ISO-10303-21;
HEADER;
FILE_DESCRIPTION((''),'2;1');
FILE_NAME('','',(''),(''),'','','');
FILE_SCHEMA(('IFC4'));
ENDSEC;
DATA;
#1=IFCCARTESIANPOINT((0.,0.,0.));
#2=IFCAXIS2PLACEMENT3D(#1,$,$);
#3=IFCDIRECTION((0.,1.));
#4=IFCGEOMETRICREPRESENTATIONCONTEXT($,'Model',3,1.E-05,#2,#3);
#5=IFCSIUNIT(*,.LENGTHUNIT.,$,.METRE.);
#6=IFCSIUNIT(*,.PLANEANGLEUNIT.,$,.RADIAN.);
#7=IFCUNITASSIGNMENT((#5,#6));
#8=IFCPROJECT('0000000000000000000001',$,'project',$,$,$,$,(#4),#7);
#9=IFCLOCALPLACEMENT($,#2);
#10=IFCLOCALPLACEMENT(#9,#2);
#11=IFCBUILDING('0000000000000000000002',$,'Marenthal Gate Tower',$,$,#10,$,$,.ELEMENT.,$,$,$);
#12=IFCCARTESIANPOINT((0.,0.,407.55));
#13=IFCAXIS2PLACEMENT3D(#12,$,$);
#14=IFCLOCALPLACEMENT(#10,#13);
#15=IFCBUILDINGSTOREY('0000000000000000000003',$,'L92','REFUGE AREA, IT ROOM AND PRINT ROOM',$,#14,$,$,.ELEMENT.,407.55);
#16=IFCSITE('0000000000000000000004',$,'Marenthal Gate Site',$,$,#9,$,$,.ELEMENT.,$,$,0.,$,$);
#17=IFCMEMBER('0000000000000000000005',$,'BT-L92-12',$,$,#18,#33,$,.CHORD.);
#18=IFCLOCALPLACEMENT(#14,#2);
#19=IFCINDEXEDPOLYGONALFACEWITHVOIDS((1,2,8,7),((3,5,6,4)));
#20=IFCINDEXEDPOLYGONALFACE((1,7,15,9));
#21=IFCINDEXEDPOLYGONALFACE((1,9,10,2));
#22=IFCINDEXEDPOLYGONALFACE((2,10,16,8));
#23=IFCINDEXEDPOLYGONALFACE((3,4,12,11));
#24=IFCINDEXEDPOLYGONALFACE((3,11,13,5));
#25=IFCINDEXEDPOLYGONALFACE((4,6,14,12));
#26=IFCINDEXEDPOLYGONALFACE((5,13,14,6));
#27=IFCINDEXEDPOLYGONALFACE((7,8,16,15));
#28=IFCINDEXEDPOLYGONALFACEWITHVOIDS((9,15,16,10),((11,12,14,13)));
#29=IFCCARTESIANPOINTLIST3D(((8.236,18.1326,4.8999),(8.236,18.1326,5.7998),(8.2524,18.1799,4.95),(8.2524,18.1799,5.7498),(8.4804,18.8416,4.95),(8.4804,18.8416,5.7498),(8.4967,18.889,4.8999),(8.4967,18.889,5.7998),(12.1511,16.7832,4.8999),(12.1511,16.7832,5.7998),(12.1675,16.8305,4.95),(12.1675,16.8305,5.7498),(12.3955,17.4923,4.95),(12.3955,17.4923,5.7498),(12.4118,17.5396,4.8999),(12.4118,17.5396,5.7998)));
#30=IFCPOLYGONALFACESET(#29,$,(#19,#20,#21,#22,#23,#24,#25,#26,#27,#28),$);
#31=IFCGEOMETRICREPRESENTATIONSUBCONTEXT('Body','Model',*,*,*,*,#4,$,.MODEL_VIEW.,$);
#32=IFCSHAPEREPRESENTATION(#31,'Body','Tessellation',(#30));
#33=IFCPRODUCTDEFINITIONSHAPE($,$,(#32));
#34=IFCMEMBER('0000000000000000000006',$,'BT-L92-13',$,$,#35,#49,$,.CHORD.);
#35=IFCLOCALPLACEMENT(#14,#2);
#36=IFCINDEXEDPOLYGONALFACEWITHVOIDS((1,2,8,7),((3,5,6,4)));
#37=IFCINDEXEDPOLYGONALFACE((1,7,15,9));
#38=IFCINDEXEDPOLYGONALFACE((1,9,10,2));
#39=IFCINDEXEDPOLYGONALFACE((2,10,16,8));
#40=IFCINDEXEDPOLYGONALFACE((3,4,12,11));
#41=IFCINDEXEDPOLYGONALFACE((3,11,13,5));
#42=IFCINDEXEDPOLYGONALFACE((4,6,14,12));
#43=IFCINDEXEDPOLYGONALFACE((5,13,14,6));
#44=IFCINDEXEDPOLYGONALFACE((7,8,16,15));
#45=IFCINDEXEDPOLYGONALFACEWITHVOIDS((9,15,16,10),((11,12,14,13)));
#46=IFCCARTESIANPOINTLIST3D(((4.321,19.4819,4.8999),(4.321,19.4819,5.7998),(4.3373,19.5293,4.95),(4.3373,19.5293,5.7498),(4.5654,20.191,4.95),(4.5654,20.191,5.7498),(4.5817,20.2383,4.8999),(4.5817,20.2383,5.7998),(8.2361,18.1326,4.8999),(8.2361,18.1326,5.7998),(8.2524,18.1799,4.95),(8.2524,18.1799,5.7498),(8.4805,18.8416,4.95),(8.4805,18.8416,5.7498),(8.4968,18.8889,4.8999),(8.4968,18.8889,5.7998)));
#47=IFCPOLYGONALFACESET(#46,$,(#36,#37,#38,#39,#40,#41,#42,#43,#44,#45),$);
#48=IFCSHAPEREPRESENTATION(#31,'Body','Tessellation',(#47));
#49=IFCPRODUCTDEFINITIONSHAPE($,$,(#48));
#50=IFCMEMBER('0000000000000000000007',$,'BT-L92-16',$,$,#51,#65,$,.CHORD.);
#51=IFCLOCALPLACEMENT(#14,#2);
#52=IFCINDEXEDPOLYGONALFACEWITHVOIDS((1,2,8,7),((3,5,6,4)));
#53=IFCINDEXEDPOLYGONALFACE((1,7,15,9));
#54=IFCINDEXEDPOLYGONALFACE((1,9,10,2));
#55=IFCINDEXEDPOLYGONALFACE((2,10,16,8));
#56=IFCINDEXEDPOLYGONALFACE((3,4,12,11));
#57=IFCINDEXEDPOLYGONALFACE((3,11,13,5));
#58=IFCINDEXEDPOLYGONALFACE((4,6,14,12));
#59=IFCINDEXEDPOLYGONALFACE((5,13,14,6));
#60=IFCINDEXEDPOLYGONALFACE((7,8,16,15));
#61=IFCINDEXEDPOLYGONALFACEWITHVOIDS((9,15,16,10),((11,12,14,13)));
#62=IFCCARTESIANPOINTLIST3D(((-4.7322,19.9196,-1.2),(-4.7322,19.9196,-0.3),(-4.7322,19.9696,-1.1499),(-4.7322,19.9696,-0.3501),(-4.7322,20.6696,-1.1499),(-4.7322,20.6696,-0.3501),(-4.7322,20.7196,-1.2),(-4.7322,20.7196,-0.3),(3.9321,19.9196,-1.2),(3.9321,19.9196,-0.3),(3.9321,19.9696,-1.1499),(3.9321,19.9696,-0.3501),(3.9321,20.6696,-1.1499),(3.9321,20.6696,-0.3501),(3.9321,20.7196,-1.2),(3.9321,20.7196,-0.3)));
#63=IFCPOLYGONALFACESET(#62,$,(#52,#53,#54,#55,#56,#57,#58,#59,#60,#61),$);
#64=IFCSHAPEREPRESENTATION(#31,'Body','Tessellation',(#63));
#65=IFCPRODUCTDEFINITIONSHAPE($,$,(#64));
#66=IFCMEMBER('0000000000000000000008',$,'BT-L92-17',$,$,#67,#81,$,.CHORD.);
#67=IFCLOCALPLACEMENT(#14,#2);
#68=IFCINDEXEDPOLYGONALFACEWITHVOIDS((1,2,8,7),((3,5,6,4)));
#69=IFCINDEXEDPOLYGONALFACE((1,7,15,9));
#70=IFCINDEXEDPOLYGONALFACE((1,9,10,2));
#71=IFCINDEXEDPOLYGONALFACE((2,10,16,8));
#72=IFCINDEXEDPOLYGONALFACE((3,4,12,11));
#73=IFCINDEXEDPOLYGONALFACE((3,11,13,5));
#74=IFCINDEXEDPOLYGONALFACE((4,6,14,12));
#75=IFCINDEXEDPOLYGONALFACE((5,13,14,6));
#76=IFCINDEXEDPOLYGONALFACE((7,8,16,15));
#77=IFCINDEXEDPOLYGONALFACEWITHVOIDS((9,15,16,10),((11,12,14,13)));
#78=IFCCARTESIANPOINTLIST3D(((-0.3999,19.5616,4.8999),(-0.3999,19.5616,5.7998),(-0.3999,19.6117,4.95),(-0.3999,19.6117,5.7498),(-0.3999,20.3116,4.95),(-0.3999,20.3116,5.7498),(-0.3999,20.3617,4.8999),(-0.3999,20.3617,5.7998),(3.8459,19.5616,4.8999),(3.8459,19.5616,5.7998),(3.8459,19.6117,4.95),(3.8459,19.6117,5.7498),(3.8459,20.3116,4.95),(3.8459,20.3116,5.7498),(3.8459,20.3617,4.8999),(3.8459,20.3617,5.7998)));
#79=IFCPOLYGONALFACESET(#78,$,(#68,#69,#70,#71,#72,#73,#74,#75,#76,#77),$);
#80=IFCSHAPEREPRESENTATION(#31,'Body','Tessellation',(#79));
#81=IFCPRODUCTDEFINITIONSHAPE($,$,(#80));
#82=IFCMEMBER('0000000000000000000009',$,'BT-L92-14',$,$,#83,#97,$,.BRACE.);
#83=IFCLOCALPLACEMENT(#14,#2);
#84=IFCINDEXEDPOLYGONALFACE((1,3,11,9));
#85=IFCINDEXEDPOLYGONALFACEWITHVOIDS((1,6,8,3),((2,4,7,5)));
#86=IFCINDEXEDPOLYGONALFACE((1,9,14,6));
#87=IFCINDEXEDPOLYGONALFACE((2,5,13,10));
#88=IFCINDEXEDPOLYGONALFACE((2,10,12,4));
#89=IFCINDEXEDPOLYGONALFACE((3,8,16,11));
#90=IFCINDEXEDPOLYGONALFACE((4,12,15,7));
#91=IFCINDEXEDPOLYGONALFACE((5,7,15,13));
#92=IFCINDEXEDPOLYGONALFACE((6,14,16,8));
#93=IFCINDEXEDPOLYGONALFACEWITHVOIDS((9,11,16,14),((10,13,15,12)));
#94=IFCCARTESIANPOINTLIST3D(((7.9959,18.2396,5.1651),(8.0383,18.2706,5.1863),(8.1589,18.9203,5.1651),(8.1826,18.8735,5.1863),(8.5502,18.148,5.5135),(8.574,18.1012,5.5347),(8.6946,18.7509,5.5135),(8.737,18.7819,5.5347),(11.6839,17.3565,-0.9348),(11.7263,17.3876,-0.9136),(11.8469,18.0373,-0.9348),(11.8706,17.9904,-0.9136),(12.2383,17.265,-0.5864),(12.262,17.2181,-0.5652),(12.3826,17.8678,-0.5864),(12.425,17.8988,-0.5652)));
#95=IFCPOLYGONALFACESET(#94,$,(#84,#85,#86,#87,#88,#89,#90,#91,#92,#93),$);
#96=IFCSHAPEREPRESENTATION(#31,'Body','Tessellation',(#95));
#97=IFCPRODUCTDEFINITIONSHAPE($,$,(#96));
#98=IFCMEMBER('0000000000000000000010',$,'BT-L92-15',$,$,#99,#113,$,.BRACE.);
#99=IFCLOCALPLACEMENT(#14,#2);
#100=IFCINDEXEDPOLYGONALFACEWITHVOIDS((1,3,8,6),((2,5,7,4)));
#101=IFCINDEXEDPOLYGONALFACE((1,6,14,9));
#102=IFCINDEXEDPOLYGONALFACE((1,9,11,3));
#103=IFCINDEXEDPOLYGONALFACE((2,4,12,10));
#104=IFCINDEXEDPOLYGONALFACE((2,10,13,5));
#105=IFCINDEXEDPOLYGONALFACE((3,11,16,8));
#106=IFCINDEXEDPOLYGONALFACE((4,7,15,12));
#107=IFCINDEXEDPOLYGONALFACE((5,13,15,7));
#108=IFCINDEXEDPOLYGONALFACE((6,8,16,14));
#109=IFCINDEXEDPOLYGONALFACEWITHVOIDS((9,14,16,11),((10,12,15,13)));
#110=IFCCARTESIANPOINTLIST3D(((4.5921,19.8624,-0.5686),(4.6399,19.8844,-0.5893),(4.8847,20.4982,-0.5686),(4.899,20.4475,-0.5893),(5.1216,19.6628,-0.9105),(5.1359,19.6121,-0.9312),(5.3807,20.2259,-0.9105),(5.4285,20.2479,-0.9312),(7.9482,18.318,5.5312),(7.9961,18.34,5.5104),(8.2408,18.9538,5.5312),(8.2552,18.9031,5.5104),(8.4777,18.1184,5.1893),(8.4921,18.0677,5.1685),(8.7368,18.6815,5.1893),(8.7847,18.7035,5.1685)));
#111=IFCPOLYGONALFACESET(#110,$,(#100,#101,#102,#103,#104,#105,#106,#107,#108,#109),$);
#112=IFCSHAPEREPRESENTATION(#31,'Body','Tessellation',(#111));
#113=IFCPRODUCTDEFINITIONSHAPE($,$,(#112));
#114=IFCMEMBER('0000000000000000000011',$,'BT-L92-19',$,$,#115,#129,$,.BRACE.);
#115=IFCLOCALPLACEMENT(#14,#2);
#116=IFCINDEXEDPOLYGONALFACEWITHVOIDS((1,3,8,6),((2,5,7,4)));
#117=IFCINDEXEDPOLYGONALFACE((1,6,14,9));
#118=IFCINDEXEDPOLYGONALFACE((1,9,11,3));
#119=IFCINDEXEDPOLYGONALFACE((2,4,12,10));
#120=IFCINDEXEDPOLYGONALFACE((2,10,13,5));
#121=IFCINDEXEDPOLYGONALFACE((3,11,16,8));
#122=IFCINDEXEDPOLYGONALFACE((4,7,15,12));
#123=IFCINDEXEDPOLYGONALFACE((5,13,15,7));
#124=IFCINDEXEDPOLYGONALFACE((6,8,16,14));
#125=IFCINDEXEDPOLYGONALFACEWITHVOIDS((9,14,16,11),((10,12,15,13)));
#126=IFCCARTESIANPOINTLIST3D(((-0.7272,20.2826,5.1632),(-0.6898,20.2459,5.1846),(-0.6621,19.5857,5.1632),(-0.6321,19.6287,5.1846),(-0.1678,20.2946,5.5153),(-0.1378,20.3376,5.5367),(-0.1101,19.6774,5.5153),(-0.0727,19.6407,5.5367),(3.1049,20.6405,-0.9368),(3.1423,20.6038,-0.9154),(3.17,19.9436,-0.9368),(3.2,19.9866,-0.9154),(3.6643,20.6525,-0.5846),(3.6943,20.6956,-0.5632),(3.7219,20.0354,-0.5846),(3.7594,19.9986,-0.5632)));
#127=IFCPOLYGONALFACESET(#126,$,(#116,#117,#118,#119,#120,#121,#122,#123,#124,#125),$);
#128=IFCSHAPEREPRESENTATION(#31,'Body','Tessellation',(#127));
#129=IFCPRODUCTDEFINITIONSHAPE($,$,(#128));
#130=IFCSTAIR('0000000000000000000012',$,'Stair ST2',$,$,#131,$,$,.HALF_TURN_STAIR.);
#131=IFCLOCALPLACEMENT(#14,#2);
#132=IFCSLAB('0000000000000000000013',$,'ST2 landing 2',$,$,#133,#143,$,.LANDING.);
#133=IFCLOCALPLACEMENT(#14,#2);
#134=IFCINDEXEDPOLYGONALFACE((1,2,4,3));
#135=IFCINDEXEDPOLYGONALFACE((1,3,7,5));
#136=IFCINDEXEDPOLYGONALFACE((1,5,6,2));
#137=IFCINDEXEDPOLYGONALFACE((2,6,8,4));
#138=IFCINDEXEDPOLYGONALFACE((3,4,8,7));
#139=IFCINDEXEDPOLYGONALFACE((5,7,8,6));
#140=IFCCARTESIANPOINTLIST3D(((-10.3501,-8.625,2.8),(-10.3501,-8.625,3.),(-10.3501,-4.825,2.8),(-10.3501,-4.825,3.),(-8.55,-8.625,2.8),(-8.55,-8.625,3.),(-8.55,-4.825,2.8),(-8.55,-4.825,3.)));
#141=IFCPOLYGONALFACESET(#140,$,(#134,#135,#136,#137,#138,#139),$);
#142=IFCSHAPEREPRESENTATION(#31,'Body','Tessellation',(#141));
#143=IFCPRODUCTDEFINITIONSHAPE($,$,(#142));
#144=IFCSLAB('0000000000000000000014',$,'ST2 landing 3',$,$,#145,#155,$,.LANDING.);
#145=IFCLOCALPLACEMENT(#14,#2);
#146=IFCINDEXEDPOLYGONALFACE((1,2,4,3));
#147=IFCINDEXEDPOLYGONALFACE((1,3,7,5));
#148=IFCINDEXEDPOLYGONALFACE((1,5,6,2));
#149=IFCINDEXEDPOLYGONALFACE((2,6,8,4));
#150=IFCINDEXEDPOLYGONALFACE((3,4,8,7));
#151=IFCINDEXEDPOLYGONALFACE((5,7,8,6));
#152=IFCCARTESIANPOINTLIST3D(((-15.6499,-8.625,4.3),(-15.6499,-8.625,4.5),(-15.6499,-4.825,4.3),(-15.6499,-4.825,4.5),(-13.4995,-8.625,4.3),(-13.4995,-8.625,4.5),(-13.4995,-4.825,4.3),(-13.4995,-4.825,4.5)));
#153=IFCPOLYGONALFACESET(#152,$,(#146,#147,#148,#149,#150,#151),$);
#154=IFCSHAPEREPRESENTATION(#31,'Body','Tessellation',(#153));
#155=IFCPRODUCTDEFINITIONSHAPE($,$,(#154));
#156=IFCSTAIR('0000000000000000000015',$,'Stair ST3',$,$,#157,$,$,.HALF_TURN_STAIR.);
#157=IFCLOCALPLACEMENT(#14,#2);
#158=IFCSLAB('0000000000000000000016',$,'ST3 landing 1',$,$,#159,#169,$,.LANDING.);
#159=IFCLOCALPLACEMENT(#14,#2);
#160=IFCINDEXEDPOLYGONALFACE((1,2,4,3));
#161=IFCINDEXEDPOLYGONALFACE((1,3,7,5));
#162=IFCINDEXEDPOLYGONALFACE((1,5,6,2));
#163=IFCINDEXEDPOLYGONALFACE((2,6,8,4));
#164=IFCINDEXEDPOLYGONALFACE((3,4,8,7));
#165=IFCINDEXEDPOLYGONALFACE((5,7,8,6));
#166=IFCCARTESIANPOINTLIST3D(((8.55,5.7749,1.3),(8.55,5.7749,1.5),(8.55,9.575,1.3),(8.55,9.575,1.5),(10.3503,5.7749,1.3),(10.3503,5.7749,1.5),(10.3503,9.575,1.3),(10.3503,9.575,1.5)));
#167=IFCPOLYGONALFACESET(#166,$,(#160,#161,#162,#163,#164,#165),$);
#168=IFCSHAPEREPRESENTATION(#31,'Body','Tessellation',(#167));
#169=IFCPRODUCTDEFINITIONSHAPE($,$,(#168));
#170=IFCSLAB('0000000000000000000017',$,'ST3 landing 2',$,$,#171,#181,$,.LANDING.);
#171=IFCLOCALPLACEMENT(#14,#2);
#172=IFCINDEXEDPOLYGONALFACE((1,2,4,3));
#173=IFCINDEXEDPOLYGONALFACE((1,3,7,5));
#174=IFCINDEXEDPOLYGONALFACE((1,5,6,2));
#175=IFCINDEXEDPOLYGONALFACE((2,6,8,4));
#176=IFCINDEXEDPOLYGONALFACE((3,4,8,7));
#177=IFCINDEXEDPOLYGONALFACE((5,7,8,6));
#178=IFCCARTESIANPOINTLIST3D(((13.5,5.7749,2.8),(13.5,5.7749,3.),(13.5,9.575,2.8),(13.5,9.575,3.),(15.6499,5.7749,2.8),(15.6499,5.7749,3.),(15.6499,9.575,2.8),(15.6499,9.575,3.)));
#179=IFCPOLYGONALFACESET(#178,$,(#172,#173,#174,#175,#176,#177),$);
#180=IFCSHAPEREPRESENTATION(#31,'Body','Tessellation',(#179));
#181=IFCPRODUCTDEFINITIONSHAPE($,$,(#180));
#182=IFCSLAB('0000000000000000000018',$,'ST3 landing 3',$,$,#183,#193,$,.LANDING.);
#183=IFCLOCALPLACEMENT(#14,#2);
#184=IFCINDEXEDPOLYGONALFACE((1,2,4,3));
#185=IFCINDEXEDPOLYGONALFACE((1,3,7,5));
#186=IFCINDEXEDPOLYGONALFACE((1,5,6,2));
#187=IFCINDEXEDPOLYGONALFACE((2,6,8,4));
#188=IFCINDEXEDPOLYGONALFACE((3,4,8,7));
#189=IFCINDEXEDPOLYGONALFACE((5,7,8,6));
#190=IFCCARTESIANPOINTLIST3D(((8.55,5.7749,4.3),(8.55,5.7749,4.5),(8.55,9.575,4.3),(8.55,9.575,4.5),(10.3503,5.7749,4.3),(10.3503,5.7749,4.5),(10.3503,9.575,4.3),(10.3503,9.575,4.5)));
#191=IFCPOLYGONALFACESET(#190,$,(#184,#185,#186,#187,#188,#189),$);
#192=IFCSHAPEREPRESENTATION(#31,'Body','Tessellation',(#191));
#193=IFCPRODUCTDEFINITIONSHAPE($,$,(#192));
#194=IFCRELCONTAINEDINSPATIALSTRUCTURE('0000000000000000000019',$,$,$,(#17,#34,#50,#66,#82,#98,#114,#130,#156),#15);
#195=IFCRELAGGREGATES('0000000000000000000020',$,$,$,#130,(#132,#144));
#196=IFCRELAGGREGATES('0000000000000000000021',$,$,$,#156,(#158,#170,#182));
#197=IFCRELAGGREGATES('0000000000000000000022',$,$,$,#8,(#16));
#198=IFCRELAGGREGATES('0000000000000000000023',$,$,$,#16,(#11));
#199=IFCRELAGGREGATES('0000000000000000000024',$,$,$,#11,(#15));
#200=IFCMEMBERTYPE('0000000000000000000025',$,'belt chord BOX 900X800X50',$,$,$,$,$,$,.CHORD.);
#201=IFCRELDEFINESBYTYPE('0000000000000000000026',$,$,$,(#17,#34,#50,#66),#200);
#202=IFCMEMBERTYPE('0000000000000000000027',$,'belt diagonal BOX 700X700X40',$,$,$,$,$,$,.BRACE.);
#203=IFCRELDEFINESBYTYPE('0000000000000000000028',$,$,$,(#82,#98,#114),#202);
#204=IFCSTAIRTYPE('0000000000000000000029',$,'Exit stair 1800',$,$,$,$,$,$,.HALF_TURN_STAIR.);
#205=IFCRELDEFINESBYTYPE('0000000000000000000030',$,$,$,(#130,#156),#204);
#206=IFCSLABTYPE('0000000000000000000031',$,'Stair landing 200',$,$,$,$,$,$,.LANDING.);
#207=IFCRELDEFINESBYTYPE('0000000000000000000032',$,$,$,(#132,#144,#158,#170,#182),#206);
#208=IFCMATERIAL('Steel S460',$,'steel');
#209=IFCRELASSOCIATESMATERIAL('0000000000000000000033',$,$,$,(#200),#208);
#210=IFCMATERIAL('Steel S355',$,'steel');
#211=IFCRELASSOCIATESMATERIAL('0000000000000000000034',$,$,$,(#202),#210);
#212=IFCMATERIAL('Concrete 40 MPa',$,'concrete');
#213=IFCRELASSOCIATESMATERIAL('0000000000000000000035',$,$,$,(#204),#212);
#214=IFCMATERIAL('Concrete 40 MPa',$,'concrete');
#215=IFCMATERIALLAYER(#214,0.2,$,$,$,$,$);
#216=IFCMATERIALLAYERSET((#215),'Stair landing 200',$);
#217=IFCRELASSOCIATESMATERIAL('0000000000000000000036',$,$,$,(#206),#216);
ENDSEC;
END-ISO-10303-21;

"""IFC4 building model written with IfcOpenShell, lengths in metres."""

from ifc_helpers import new_model, si_unit, direction, frame, origin, origin_2d, place, context, subcontext, project, spatial, polyline, hollow_rectangle, outline, extrude, material, layer, layer_set, material_profile, profile_set, type_object, element, aggregate, save


model = new_model("IFC4")

# Units and contexts
model_context = context("Model", 3, precision=1e-05, world=origin(), true_north=direction((0.0, 1.0)))
body_context = subcontext(model_context, "Body", "Model", "MODEL_VIEW")
ifc_project = project(units=[si_unit("LENGTHUNIT", "METRE"), si_unit("PLANEANGLEUNIT", "RADIAN")], contexts=[model_context])

# Site, building, storey
site_placement = place(None, origin())
site = spatial("IfcSite", under=ifc_project, at=site_placement, Name="Marenthal Gate Site", CompositionType="ELEMENT", RefElevation=0.0)
building_placement = place(site_placement, origin())
building = spatial("IfcBuilding", under=site, at=building_placement, Name="Marenthal Gate Tower", CompositionType="ELEMENT")
storey_placement = place(building_placement, frame((0.0, 0.0, 407.55)))
storey = spatial("IfcBuildingStorey", under=building, at=storey_placement, Name="L92", Description="REFUGE AREA, IT ROOM AND PRINT ROOM", CompositionType="ELEMENT", Elevation=407.55)

# Members
ifc_material_1 = material(Name="Steel S460", Category="steel")
ifc_material_profile_1 = material_profile(ifc_material_1, hollow_rectangle(XDim=0.8, YDim=0.8999, WallThickness=0.05, at=origin_2d()), Name="BOX 900X800X50")
ifc_profile_set_1 = profile_set([ifc_material_profile_1], Name="Steel S460")
member_type_1 = type_object("IfcMemberType", Name="belt chord BOX 900X800X50", PredefinedType="CHORD", material=ifc_profile_set_1)
for number, where, z_axis, x_axis, name in (
    (1, (12.2815, 17.1614, 5.3499), (-0.945421, 0.325851, 0.0), (-0.325851, -0.945421, 0.0), "BT-L92-12"),
    (2, (8.3665, 18.5107, 5.3499), (-0.945421, 0.325851, 0.0), (-0.325851, -0.945421, 0.0), "BT-L92-13"),
):
    element("IfcMember", number, at=place(storey_placement, frame(where, z_axis=z_axis, x_axis=x_axis)), inside=storey, type_object=member_type_1, Name=name, PredefinedType="CHORD", context=body_context, shape_type="SweptSolid", body=[
        extrude(hollow_rectangle(XDim=0.8, YDim=0.8999, WallThickness=0.05, at=origin_2d()), origin(), (0.0, 0.0, 1.0), 4.1411),
    ])
member_1_placement = place(storey_placement, frame((3.9321, 20.3196, -0.75), z_axis=(-1.0, 0.0, 0.0), x_axis=(0.0, -1.0, 0.0)))
element("IfcMember", 3, at=member_1_placement, inside=storey, type_object=member_type_1, Name="BT-L92-16", PredefinedType="CHORD", context=body_context, shape_type="SweptSolid", body=[
    extrude(hollow_rectangle(XDim=0.8, YDim=0.8999, WallThickness=0.05, at=origin_2d()), origin(), (0.0, 0.0, 1.0), 8.6643),
])
member_2_placement = place(storey_placement, frame((3.8459, 19.9617, 5.3499), z_axis=(-1.0, 0.0, 0.0), x_axis=(0.0, -1.0, 0.0)))
element("IfcMember", 4, at=member_2_placement, inside=storey, type_object=member_type_1, Name="BT-L92-17", PredefinedType="CHORD", context=body_context, shape_type="SweptSolid", body=[
    extrude(hollow_rectangle(XDim=0.8, YDim=0.8999, WallThickness=0.05, at=origin_2d()), origin(), (0.0, 0.0, 1.0), 4.2458),
])
ifc_material_2 = material(Name="Steel S355", Category="steel")
ifc_material_profile_2 = material_profile(ifc_material_2, hollow_rectangle(XDim=0.7, YDim=0.7, WallThickness=0.04, at=origin_2d()), Name="BOX 700X700X40")
ifc_profile_set_2 = profile_set([ifc_material_profile_2], Name="Steel S355")
member_type_2 = type_object("IfcMemberType", Name="belt diagonal BOX 700X700X40", PredefinedType="BRACE", material=ifc_profile_set_2)
member_3_placement = place(storey_placement, frame((12.0544, 17.6277, -0.75), z_axis=(-0.513464, 0.122944, 0.849258), x_axis=(-0.232859, -0.97251, 0.0)))
element("IfcMember", 5, at=member_3_placement, inside=storey, type_object=member_type_2, Name="BT-L92-14", PredefinedType="BRACE", context=body_context, shape_type="SweptSolid", body=[
    extrude(hollow_rectangle(XDim=0.7, YDim=0.7, WallThickness=0.04, at=origin_2d()), origin(), (0.0, 0.0, 1.0), 7.1826),
])
member_4_placement = place(storey_placement, frame((8.3665, 18.5107, 5.3499), z_axis=(-0.47062, 0.216567, -0.855346), x_axis=(-0.418035, -0.908431, 0.0)))
element("IfcMember", 6, at=member_4_placement, inside=storey, type_object=member_type_2, Name="BT-L92-15", PredefinedType="BRACE", context=body_context, shape_type="SweptSolid", body=[
    extrude(hollow_rectangle(XDim=0.7, YDim=0.7, WallThickness=0.04, at=origin_2d()), origin(), (0.0, 0.0, 1.0), 7.1313),
])
member_5_placement = place(storey_placement, frame((3.4321, 20.3196, -0.75), z_axis=(-0.531301, -0.049623, 0.845729), x_axis=(0.092995, -0.995667, 0.0)))
element("IfcMember", 7, at=member_5_placement, inside=storey, type_object=member_type_2, Name="BT-L92-19", PredefinedType="BRACE", context=body_context, shape_type="SweptSolid", body=[
    extrude(hollow_rectangle(XDim=0.7, YDim=0.7, WallThickness=0.04, at=origin_2d()), origin(), (0.0, 0.0, 1.0), 7.2126),
])

# Stairs, slabs
ifc_material_3 = material(Name="Concrete 40 MPa", Category="concrete")
stair_type = type_object("IfcStairType", Name="Exit stair 1800", PredefinedType="HALF_TURN_STAIR", material=ifc_material_3)
stair_1_placement = place(storey_placement, origin())
stair_1 = element("IfcStair", 8, at=stair_1_placement, inside=storey, type_object=stair_type, Name="Stair ST2", PredefinedType="HALF_TURN_STAIR")
ifc_material_4 = material(Name="Concrete 40 MPa", Category="concrete")
ifc_layer_1 = layer(ifc_material_4, 0.2)
ifc_layer_set_1 = layer_set([ifc_layer_1], Name="Stair landing 200")
slab_type = type_object("IfcSlabType", Name="Stair landing 200", PredefinedType="LANDING", material=ifc_layer_set_1)
slab_1_placement = place(storey_placement, frame((0.0, 0.0, 2.8)))
slab_1 = element("IfcSlab", 9, at=slab_1_placement, type_object=slab_type, Name="ST2 landing 2", PredefinedType="LANDING", context=body_context, shape_type="SweptSolid", body=[
    extrude(outline(polyline([(-10.3501, -8.625), (-8.55, -8.625), (-8.55, -4.825), (-10.3501, -4.825), (-10.3501, -8.625)])), origin(), (0.0, 0.0, 1.0), 0.2),
])
slab_2_placement = place(storey_placement, frame((0.0, 0.0, 4.3)))
slab_2 = element("IfcSlab", 10, at=slab_2_placement, type_object=slab_type, Name="ST2 landing 3", PredefinedType="LANDING", context=body_context, shape_type="SweptSolid", body=[
    extrude(outline(polyline([(-15.6499, -8.625), (-13.4995, -8.625), (-13.4995, -4.825), (-15.6499, -4.825), (-15.6499, -8.625)])), origin(), (0.0, 0.0, 1.0), 0.2),
])
aggregate(stair_1, [slab_1, slab_2])
stair_2_placement = place(storey_placement, origin())
stair_2 = element("IfcStair", 11, at=stair_2_placement, inside=storey, type_object=stair_type, Name="Stair ST3", PredefinedType="HALF_TURN_STAIR")
slab_3_placement = place(storey_placement, frame((0.0, 0.0, 1.3)))
slab_3 = element("IfcSlab", 12, at=slab_3_placement, type_object=slab_type, Name="ST3 landing 1", PredefinedType="LANDING", context=body_context, shape_type="SweptSolid", body=[
    extrude(outline(polyline([(8.55, 5.7749), (10.3503, 5.7749), (10.3503, 9.575), (8.55, 9.575), (8.55, 5.7749)])), origin(), (0.0, 0.0, 1.0), 0.2),
])
slab_4_placement = place(storey_placement, frame((0.0, 0.0, 2.8)))
slab_4 = element("IfcSlab", 13, at=slab_4_placement, type_object=slab_type, Name="ST3 landing 2", PredefinedType="LANDING", context=body_context, shape_type="SweptSolid", body=[
    extrude(outline(polyline([(13.5, 5.7749), (15.6499, 5.7749), (15.6499, 9.575), (13.5, 9.575), (13.5, 5.7749)])), origin(), (0.0, 0.0, 1.0), 0.2),
])
slab_5_placement = place(storey_placement, frame((0.0, 0.0, 4.3)))
slab_5 = element("IfcSlab", 14, at=slab_5_placement, type_object=slab_type, Name="ST3 landing 3", PredefinedType="LANDING", context=body_context, shape_type="SweptSolid", body=[
    extrude(outline(polyline([(8.55, 5.7749), (10.3503, 5.7749), (10.3503, 9.575), (8.55, 9.575), (8.55, 5.7749)])), origin(), (0.0, 0.0, 1.0), 0.2),
])

aggregate(stair_2, [slab_3, slab_4, slab_5])

save(model, "model.ifc")
